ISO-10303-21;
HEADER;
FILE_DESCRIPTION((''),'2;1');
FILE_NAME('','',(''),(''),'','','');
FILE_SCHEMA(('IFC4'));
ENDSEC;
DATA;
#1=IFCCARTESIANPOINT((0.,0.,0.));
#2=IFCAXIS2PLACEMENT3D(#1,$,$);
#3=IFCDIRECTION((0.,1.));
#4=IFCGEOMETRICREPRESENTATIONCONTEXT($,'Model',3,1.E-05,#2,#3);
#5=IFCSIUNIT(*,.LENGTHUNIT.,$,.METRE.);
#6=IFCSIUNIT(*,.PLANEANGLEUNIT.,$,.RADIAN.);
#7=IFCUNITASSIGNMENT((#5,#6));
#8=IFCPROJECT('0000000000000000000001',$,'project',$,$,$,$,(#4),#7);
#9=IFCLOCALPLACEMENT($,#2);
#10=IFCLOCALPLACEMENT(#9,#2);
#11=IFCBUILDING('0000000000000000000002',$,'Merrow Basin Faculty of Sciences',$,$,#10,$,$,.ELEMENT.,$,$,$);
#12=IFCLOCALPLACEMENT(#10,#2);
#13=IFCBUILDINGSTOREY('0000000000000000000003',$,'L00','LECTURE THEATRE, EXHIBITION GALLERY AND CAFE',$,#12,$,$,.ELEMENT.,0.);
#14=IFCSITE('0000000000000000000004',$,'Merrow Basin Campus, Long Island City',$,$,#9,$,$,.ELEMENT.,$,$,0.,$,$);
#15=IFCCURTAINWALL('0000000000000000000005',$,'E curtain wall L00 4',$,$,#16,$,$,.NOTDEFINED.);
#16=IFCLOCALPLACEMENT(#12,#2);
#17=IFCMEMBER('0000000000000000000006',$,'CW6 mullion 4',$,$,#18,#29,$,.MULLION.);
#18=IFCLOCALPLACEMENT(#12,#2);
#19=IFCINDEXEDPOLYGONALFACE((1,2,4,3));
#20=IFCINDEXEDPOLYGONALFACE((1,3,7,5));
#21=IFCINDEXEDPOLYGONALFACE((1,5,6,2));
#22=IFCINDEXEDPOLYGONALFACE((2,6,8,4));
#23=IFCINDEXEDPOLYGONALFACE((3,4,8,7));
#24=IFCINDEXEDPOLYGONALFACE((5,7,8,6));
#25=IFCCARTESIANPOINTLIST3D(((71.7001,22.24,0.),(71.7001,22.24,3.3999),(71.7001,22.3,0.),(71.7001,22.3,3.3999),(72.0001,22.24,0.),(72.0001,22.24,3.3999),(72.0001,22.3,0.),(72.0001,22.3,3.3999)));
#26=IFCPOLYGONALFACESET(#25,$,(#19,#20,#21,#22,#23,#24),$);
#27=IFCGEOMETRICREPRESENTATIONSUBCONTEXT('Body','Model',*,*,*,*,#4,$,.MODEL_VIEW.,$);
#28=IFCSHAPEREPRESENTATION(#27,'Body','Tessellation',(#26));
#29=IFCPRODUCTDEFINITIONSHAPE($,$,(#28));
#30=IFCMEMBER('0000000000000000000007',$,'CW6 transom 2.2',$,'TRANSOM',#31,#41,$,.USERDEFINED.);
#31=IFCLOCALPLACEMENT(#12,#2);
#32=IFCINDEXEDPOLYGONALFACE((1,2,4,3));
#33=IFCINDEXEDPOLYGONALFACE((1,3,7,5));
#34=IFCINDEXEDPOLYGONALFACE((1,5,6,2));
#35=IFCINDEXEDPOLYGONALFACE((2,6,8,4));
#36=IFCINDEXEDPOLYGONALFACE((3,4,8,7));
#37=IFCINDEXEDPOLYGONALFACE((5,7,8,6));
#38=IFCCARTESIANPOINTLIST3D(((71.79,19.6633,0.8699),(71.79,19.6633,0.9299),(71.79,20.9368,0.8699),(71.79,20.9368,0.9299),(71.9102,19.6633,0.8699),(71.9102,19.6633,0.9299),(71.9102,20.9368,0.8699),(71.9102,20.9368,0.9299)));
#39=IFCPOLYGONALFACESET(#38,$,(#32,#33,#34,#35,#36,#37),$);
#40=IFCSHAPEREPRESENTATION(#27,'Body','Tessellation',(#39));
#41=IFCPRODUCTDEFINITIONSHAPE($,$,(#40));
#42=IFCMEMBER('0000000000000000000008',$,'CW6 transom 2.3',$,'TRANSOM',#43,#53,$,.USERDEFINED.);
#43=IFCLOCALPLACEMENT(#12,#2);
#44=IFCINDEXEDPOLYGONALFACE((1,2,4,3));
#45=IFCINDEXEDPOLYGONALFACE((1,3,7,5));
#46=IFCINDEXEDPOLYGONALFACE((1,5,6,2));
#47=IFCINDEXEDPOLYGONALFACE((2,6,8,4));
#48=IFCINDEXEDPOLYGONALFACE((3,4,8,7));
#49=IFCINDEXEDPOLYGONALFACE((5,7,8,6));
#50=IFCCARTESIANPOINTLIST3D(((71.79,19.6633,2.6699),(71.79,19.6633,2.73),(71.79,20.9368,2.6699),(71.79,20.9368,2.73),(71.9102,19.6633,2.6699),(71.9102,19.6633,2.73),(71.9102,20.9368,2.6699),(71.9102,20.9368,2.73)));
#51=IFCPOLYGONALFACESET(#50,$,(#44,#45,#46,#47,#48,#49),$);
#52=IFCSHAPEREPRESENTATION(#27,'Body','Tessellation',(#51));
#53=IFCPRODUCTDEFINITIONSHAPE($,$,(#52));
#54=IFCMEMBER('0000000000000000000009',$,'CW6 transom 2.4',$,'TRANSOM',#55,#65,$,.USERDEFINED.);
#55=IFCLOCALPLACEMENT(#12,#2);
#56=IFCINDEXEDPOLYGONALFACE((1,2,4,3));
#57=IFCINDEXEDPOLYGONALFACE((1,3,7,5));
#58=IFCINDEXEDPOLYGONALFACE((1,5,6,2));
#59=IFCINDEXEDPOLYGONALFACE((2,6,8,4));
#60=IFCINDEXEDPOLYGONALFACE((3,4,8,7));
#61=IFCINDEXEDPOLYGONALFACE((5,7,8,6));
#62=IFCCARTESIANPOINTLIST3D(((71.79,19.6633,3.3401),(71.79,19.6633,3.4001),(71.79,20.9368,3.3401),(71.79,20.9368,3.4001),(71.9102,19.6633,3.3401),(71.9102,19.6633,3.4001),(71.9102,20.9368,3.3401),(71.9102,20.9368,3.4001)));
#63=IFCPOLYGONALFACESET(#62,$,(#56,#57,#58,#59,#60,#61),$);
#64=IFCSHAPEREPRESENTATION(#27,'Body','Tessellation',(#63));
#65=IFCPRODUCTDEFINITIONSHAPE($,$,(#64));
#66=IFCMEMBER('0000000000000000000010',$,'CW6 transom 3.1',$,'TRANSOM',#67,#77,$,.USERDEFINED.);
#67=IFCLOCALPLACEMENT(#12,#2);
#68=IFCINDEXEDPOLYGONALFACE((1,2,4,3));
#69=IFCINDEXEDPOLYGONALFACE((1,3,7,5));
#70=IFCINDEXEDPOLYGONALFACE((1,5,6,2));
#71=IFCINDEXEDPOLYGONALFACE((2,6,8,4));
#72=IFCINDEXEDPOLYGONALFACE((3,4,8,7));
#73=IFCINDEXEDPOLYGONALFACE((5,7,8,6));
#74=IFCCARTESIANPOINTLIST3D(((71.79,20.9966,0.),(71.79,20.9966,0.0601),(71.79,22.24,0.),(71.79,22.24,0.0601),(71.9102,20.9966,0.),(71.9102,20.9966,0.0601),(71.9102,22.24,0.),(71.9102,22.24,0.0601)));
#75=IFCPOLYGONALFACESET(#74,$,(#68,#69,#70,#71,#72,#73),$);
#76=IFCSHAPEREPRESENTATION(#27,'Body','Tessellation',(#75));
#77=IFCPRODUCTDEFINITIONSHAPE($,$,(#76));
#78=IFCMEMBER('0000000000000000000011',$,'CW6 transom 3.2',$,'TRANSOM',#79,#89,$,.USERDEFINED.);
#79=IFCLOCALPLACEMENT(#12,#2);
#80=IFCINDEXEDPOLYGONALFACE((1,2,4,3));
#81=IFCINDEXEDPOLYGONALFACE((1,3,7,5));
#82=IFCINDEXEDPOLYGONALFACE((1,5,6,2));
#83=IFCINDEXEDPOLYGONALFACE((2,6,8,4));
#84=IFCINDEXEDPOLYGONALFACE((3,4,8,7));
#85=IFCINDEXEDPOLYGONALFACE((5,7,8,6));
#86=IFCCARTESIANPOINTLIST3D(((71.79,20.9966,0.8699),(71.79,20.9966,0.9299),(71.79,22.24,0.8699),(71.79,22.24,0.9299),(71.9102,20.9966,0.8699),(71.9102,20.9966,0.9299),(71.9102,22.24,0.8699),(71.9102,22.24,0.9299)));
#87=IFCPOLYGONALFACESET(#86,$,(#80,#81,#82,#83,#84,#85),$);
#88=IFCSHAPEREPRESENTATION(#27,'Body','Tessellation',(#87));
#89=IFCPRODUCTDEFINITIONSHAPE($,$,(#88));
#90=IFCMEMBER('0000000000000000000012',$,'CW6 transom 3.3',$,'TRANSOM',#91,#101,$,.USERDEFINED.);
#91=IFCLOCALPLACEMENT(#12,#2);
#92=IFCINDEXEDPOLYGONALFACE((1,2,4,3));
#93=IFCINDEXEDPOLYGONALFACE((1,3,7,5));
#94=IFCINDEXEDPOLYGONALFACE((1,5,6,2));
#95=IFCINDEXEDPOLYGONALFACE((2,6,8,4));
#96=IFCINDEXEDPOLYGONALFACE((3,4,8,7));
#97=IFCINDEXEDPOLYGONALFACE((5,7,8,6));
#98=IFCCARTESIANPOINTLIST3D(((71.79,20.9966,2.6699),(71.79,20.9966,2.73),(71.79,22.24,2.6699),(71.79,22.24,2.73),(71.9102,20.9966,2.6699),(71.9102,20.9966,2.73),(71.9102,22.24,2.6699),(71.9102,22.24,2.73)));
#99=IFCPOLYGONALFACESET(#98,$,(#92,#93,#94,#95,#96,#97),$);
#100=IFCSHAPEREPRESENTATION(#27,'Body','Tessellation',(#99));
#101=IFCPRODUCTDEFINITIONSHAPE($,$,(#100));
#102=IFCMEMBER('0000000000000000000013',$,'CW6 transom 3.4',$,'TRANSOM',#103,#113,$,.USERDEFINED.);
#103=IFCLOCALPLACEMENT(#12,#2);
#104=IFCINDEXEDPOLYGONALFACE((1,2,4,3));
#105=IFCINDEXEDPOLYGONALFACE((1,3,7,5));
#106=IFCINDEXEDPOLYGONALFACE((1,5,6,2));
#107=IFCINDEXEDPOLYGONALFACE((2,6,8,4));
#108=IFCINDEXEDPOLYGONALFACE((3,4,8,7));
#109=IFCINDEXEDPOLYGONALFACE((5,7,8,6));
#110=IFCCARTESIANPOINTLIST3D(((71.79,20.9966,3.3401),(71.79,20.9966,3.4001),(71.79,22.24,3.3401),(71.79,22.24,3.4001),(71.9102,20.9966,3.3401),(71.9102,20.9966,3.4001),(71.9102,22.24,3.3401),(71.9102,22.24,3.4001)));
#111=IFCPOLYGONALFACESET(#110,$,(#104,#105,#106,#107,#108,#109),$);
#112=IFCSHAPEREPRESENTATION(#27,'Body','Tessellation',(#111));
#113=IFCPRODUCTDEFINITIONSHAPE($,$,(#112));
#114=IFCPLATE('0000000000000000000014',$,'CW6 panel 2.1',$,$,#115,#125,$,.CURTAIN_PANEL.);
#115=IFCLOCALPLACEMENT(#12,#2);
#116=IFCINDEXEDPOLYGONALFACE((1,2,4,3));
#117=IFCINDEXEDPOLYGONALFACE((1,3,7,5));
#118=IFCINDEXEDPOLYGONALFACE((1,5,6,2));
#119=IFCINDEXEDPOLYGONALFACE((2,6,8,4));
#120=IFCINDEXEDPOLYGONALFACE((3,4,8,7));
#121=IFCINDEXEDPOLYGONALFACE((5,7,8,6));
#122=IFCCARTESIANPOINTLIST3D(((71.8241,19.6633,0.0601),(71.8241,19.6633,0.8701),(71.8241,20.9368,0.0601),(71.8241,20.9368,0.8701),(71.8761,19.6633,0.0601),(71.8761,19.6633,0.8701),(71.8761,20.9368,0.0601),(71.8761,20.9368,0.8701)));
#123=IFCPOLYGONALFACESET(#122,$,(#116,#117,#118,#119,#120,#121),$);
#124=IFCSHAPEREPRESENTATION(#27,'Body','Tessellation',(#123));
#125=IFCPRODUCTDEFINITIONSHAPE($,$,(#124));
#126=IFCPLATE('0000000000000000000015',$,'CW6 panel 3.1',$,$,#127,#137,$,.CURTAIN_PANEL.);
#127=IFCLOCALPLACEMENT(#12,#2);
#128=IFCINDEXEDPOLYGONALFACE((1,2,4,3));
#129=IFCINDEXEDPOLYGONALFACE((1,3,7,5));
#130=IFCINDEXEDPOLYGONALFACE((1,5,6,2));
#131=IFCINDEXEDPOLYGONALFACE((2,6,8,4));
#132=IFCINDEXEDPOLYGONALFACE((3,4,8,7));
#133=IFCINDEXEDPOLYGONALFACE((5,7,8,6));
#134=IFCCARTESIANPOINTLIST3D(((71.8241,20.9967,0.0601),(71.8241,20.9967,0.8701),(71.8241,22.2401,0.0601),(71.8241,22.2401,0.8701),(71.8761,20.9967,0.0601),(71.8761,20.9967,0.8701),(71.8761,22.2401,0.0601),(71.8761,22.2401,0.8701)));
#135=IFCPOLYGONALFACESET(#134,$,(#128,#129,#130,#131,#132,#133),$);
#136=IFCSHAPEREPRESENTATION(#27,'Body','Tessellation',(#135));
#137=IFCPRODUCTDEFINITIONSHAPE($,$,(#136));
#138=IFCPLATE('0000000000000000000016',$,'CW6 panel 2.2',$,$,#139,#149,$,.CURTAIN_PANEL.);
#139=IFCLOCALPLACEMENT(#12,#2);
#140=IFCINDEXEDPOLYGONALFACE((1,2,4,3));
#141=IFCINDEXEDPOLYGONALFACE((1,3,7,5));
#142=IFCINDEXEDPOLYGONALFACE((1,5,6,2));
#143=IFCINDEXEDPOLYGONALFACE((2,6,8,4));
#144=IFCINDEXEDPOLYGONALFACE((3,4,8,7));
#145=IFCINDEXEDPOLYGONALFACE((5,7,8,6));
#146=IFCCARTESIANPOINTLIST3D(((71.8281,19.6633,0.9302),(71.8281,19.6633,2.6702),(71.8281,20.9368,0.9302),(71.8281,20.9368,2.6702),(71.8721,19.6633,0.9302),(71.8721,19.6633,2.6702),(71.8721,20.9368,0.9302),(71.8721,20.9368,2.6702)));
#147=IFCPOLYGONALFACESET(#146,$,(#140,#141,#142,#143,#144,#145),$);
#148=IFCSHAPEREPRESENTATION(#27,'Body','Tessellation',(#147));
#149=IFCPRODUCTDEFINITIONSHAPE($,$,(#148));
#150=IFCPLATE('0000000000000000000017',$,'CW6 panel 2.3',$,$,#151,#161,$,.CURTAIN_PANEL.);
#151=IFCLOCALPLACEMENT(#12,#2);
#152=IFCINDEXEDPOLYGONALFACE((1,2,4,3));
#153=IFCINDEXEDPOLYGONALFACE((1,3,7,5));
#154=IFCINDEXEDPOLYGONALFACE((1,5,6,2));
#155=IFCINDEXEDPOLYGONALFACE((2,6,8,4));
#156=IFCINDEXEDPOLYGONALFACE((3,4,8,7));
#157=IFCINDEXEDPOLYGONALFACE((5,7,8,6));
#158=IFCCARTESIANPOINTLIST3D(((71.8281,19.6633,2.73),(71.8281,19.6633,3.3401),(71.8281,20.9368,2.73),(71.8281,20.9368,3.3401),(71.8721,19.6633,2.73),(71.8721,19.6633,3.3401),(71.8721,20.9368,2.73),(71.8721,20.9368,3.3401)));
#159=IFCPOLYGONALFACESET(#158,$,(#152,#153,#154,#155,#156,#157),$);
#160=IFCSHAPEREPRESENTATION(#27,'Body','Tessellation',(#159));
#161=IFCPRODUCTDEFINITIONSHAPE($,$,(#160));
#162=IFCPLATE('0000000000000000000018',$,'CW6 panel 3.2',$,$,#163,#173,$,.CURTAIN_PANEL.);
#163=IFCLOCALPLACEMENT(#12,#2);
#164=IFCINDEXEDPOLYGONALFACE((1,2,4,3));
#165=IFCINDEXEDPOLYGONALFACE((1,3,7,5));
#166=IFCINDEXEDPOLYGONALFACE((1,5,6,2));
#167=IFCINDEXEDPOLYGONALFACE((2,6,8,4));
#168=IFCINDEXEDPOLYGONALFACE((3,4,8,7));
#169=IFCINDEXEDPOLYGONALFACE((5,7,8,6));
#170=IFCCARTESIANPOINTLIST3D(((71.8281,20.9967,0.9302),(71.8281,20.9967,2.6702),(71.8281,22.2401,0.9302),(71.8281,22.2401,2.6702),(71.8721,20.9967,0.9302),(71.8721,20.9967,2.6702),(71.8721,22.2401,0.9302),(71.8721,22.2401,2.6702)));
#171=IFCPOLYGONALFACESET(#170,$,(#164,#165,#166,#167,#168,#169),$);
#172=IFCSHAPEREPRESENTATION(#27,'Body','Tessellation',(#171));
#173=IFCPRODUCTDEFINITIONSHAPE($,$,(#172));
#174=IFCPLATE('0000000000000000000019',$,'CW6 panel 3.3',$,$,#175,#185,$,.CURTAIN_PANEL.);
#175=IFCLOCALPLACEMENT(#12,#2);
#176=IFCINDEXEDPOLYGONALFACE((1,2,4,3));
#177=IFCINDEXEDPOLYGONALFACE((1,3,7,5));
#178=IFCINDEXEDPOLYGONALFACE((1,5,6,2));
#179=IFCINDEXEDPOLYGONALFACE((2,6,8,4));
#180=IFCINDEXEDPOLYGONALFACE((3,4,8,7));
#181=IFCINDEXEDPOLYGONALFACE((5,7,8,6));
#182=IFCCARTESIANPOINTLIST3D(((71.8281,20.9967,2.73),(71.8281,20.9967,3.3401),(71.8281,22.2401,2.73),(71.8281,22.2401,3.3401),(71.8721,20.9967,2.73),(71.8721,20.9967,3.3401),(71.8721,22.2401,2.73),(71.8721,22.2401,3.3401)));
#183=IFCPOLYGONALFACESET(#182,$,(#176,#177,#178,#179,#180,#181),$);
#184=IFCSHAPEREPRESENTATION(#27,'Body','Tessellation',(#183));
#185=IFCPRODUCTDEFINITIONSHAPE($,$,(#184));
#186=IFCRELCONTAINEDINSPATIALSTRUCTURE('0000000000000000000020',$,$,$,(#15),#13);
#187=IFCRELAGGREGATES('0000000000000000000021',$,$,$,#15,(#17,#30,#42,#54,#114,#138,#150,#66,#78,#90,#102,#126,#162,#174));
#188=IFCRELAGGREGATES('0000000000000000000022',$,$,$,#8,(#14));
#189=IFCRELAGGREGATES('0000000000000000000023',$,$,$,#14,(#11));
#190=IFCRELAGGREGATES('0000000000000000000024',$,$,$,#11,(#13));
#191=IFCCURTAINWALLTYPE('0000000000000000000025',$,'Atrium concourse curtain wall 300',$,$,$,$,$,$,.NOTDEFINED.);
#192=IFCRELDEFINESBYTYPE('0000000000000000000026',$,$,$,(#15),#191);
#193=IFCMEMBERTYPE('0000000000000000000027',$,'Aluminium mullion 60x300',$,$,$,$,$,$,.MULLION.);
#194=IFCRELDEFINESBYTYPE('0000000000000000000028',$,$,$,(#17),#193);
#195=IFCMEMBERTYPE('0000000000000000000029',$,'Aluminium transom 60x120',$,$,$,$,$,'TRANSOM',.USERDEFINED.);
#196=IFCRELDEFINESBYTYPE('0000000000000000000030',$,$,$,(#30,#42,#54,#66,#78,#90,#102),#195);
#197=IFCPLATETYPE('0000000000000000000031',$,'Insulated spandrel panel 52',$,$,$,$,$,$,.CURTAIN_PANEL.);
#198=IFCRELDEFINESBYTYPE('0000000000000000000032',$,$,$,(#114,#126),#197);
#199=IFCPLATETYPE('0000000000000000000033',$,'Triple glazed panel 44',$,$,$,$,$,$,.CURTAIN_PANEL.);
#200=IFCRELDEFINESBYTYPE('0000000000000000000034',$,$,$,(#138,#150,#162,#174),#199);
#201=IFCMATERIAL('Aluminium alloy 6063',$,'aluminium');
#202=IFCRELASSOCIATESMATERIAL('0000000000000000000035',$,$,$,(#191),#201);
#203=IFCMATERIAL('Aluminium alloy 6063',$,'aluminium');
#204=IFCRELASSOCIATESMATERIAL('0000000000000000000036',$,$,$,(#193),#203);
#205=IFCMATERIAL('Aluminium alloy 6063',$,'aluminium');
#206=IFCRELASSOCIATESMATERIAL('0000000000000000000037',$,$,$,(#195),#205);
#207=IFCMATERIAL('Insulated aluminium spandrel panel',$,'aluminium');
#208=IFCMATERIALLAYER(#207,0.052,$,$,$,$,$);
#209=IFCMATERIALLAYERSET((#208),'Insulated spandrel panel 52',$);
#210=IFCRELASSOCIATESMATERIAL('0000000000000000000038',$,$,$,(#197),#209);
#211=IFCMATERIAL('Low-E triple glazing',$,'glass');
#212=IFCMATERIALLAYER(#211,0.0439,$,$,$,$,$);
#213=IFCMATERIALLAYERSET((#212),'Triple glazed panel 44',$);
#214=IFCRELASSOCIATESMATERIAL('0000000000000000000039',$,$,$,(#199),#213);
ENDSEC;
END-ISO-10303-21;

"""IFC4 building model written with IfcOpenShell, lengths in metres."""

from ifc_helpers import new_model, si_unit, direction, frame, origin, origin_2d, place, context, subcontext, project, spatial, rectangle, extrude, material, layer, layer_set, material_profile, profile_set, type_object, element, aggregate, save


model = new_model("IFC4")

# Units and contexts
model_context = context("Model", 3, precision=1e-05, world=origin(), true_north=direction((0.0, 1.0)))
body_context = subcontext(model_context, "Body", "Model", "MODEL_VIEW")
ifc_project = project(units=[si_unit("LENGTHUNIT", "METRE"), si_unit("PLANEANGLEUNIT", "RADIAN")], contexts=[model_context])

# Site, building, storey
site_placement = place(None, origin())
site = spatial("IfcSite", under=ifc_project, at=site_placement, Name="Merrow Basin Campus, Long Island City", CompositionType="ELEMENT", RefElevation=0.0)
building_placement = place(site_placement, origin())
building = spatial("IfcBuilding", under=site, at=building_placement, Name="Merrow Basin Faculty of Sciences", CompositionType="ELEMENT")
storey_placement = place(building_placement, origin())
storey = spatial("IfcBuildingStorey", under=building, at=storey_placement, Name="L00", Description="LECTURE THEATRE, EXHIBITION GALLERY AND CAFE", CompositionType="ELEMENT", Elevation=0.0)

# Curtain wall, members, plates
ifc_material_1 = material(Name="Aluminium alloy 6063", Category="aluminium")
curtain_wall_type = type_object("IfcCurtainWallType", Name="Atrium concourse curtain wall 300", PredefinedType="NOTDEFINED", material=ifc_material_1)
curtain_wall_placement = place(storey_placement, origin())
curtain_wall = element("IfcCurtainWall", 1, at=curtain_wall_placement, inside=storey, type_object=curtain_wall_type, Name="E curtain wall L00 4", PredefinedType="NOTDEFINED")
ifc_material_2 = material(Name="Aluminium alloy 6063", Category="aluminium")
ifc_material_profile_1 = material_profile(ifc_material_2, rectangle(XDim=0.3, YDim=0.0601, at=origin_2d()))
ifc_profile_set_1 = profile_set([ifc_material_profile_1], Name="Aluminium alloy 6063")
member_type_1 = type_object("IfcMemberType", Name="Aluminium mullion 60x300", PredefinedType="MULLION", material=ifc_profile_set_1)
member_1_placement = place(storey_placement, frame((71.8501, 22.27, 0.0), z_axis=(0.0, 0.0, 1.0), x_axis=(-1.0, 0.0, 0.0)))
member_1 = element("IfcMember", 2, at=member_1_placement, type_object=member_type_1, Name="CW6 mullion 4", PredefinedType="MULLION", context=body_context, shape_type="SweptSolid", body=[
    extrude(rectangle(XDim=0.3, YDim=0.0601, at=origin_2d()), origin(), (0.0, 0.0, 1.0), 3.3999),
])
ifc_material_3 = material(Name="Aluminium alloy 6063", Category="aluminium")
ifc_material_profile_2 = material_profile(ifc_material_3, rectangle(XDim=0.1201, YDim=0.0601, at=origin_2d()))
ifc_profile_set_2 = profile_set([ifc_material_profile_2], Name="Aluminium alloy 6063")
member_type_2 = type_object("IfcMemberType", Name="Aluminium transom 60x120", ElementType="TRANSOM", PredefinedType="USERDEFINED", material=ifc_profile_set_2)
member_2_placement = place(storey_placement, frame((71.8501, 19.6633, 0.8999), z_axis=(0.0, 1.0, 0.0), x_axis=(-1.0, 0.0, 0.0)))
member_2 = element("IfcMember", 3, at=member_2_placement, type_object=member_type_2, Name="CW6 transom 2.2", ObjectType="TRANSOM", PredefinedType="USERDEFINED", context=body_context, shape_type="SweptSolid", body=[
    extrude(rectangle(XDim=0.1201, YDim=0.0601, at=origin_2d()), origin(), (0.0, 0.0, 1.0), 1.2734),
])
member_3_placement = place(storey_placement, frame((71.8501, 19.6633, 2.7), z_axis=(0.0, 1.0, 0.0), x_axis=(-1.0, 0.0, 0.0)))
member_3 = element("IfcMember", 4, at=member_3_placement, type_object=member_type_2, Name="CW6 transom 2.3", ObjectType="TRANSOM", PredefinedType="USERDEFINED", context=body_context, shape_type="SweptSolid", body=[
    extrude(rectangle(XDim=0.1201, YDim=0.0601, at=origin_2d()), origin(), (0.0, 0.0, 1.0), 1.2734),
])
member_4_placement = place(storey_placement, frame((71.8501, 19.6633, 3.3701), z_axis=(0.0, 1.0, 0.0), x_axis=(-1.0, 0.0, 0.0)))
member_4 = element("IfcMember", 5, at=member_4_placement, type_object=member_type_2, Name="CW6 transom 2.4", ObjectType="TRANSOM", PredefinedType="USERDEFINED", context=body_context, shape_type="SweptSolid", body=[
    extrude(rectangle(XDim=0.1201, YDim=0.0601, at=origin_2d()), origin(), (0.0, 0.0, 1.0), 1.2734),
])
member_5_placement = place(storey_placement, frame((71.8501, 20.9966, 0.03), z_axis=(0.0, 1.0, 0.0), x_axis=(-1.0, 0.0, 0.0)))
member_5 = element("IfcMember", 6, at=member_5_placement, type_object=member_type_2, Name="CW6 transom 3.1", ObjectType="TRANSOM", PredefinedType="USERDEFINED", context=body_context, shape_type="SweptSolid", body=[
    extrude(rectangle(XDim=0.1201, YDim=0.0601, at=origin_2d()), origin(), (0.0, 0.0, 1.0), 1.2434),
])
member_6_placement = place(storey_placement, frame((71.8501, 20.9966, 0.8999), z_axis=(0.0, 1.0, 0.0), x_axis=(-1.0, 0.0, 0.0)))
member_6 = element("IfcMember", 7, at=member_6_placement, type_object=member_type_2, Name="CW6 transom 3.2", ObjectType="TRANSOM", PredefinedType="USERDEFINED", context=body_context, shape_type="SweptSolid", body=[
    extrude(rectangle(XDim=0.1201, YDim=0.0601, at=origin_2d()), origin(), (0.0, 0.0, 1.0), 1.2434),
])
member_7_placement = place(storey_placement, frame((71.8501, 20.9966, 2.7), z_axis=(0.0, 1.0, 0.0), x_axis=(-1.0, 0.0, 0.0)))
member_7 = element("IfcMember", 8, at=member_7_placement, type_object=member_type_2, Name="CW6 transom 3.3", ObjectType="TRANSOM", PredefinedType="USERDEFINED", context=body_context, shape_type="SweptSolid", body=[
    extrude(rectangle(XDim=0.1201, YDim=0.0601, at=origin_2d()), origin(), (0.0, 0.0, 1.0), 1.2434),
])
member_8_placement = place(storey_placement, frame((71.8501, 20.9966, 3.3701), z_axis=(0.0, 1.0, 0.0), x_axis=(-1.0, 0.0, 0.0)))
member_8 = element("IfcMember", 9, at=member_8_placement, type_object=member_type_2, Name="CW6 transom 3.4", ObjectType="TRANSOM", PredefinedType="USERDEFINED", context=body_context, shape_type="SweptSolid", body=[
    extrude(rectangle(XDim=0.1201, YDim=0.0601, at=origin_2d()), origin(), (0.0, 0.0, 1.0), 1.2434),
])
ifc_material_4 = material(Name="Insulated aluminium spandrel panel", Category="aluminium")
ifc_layer_1 = layer(ifc_material_4, 0.052)
ifc_layer_set_1 = layer_set([ifc_layer_1], Name="Insulated spandrel panel 52")
plate_type_1 = type_object("IfcPlateType", Name="Insulated spandrel panel 52", PredefinedType="CURTAIN_PANEL", material=ifc_layer_set_1)
plate_1_placement = place(storey_placement, frame((71.8501, 20.3, 0.0601), z_axis=(0.0, 0.0, 1.0), x_axis=(0.0, 1.0, 0.0)))
plate_1 = element("IfcPlate", 10, at=plate_1_placement, type_object=plate_type_1, Name="CW6 panel 2.1", PredefinedType="CURTAIN_PANEL", context=body_context, shape_type="SweptSolid", body=[
    extrude(rectangle(XDim=1.2734, YDim=0.052, at=origin_2d()), origin(), (0.0, 0.0, 1.0), 0.8101),
])
plate_2_placement = place(storey_placement, frame((71.8501, 21.6184, 0.0601), z_axis=(0.0, 0.0, 1.0), x_axis=(0.0, 1.0, 0.0)))
plate_2 = element("IfcPlate", 11, at=plate_2_placement, type_object=plate_type_1, Name="CW6 panel 3.1", PredefinedType="CURTAIN_PANEL", context=body_context, shape_type="SweptSolid", body=[
    extrude(rectangle(XDim=1.2434, YDim=0.052, at=origin_2d()), origin(), (0.0, 0.0, 1.0), 0.8101),
])
ifc_material_5 = material(Name="Low-E triple glazing", Category="glass")
ifc_layer_2 = layer(ifc_material_5, 0.0439)
ifc_layer_set_2 = layer_set([ifc_layer_2], Name="Triple glazed panel 44")
plate_type_2 = type_object("IfcPlateType", Name="Triple glazed panel 44", PredefinedType="CURTAIN_PANEL", material=ifc_layer_set_2)
plate_3_placement = place(storey_placement, frame((71.8501, 20.3, 0.9302), z_axis=(0.0, 0.0, 1.0), x_axis=(0.0, 1.0, 0.0)))
plate_3 = element("IfcPlate", 12, at=plate_3_placement, type_object=plate_type_2, Name="CW6 panel 2.2", PredefinedType="CURTAIN_PANEL", context=body_context, shape_type="SweptSolid", body=[
    extrude(rectangle(XDim=1.2734, YDim=0.0439, at=origin_2d()), origin(), (0.0, 0.0, 1.0), 1.74),
])
plate_4_placement = place(storey_placement, frame((71.8501, 20.3, 2.73), z_axis=(0.0, 0.0, 1.0), x_axis=(0.0, 1.0, 0.0)))
plate_4 = element("IfcPlate", 13, at=plate_4_placement, type_object=plate_type_2, Name="CW6 panel 2.3", PredefinedType="CURTAIN_PANEL", context=body_context, shape_type="SweptSolid", body=[
    extrude(rectangle(XDim=1.2734, YDim=0.0439, at=origin_2d()), origin(), (0.0, 0.0, 1.0), 0.6101),
])
plate_5_placement = place(storey_placement, frame((71.8501, 21.6184, 0.9302), z_axis=(0.0, 0.0, 1.0), x_axis=(0.0, 1.0, 0.0)))
plate_5 = element("IfcPlate", 14, at=plate_5_placement, type_object=plate_type_2, Name="CW6 panel 3.2", PredefinedType="CURTAIN_PANEL", context=body_context, shape_type="SweptSolid", body=[
    extrude(rectangle(XDim=1.2434, YDim=0.0439, at=origin_2d()), origin(), (0.0, 0.0, 1.0), 1.74),
])
plate_6_placement = place(storey_placement, frame((71.8501, 21.6184, 2.73), z_axis=(0.0, 0.0, 1.0), x_axis=(0.0, 1.0, 0.0)))
plate_6 = element("IfcPlate", 15, at=plate_6_placement, type_object=plate_type_2, Name="CW6 panel 3.3", PredefinedType="CURTAIN_PANEL", context=body_context, shape_type="SweptSolid", body=[
    extrude(rectangle(XDim=1.2434, YDim=0.0439, at=origin_2d()), origin(), (0.0, 0.0, 1.0), 0.6101),
])
aggregate(curtain_wall, [member_1, member_2, member_3, member_4, plate_1, plate_3, plate_4, member_5, member_6, member_7, member_8, plate_2, plate_5, plate_6])

save(model, "model.ifc")
